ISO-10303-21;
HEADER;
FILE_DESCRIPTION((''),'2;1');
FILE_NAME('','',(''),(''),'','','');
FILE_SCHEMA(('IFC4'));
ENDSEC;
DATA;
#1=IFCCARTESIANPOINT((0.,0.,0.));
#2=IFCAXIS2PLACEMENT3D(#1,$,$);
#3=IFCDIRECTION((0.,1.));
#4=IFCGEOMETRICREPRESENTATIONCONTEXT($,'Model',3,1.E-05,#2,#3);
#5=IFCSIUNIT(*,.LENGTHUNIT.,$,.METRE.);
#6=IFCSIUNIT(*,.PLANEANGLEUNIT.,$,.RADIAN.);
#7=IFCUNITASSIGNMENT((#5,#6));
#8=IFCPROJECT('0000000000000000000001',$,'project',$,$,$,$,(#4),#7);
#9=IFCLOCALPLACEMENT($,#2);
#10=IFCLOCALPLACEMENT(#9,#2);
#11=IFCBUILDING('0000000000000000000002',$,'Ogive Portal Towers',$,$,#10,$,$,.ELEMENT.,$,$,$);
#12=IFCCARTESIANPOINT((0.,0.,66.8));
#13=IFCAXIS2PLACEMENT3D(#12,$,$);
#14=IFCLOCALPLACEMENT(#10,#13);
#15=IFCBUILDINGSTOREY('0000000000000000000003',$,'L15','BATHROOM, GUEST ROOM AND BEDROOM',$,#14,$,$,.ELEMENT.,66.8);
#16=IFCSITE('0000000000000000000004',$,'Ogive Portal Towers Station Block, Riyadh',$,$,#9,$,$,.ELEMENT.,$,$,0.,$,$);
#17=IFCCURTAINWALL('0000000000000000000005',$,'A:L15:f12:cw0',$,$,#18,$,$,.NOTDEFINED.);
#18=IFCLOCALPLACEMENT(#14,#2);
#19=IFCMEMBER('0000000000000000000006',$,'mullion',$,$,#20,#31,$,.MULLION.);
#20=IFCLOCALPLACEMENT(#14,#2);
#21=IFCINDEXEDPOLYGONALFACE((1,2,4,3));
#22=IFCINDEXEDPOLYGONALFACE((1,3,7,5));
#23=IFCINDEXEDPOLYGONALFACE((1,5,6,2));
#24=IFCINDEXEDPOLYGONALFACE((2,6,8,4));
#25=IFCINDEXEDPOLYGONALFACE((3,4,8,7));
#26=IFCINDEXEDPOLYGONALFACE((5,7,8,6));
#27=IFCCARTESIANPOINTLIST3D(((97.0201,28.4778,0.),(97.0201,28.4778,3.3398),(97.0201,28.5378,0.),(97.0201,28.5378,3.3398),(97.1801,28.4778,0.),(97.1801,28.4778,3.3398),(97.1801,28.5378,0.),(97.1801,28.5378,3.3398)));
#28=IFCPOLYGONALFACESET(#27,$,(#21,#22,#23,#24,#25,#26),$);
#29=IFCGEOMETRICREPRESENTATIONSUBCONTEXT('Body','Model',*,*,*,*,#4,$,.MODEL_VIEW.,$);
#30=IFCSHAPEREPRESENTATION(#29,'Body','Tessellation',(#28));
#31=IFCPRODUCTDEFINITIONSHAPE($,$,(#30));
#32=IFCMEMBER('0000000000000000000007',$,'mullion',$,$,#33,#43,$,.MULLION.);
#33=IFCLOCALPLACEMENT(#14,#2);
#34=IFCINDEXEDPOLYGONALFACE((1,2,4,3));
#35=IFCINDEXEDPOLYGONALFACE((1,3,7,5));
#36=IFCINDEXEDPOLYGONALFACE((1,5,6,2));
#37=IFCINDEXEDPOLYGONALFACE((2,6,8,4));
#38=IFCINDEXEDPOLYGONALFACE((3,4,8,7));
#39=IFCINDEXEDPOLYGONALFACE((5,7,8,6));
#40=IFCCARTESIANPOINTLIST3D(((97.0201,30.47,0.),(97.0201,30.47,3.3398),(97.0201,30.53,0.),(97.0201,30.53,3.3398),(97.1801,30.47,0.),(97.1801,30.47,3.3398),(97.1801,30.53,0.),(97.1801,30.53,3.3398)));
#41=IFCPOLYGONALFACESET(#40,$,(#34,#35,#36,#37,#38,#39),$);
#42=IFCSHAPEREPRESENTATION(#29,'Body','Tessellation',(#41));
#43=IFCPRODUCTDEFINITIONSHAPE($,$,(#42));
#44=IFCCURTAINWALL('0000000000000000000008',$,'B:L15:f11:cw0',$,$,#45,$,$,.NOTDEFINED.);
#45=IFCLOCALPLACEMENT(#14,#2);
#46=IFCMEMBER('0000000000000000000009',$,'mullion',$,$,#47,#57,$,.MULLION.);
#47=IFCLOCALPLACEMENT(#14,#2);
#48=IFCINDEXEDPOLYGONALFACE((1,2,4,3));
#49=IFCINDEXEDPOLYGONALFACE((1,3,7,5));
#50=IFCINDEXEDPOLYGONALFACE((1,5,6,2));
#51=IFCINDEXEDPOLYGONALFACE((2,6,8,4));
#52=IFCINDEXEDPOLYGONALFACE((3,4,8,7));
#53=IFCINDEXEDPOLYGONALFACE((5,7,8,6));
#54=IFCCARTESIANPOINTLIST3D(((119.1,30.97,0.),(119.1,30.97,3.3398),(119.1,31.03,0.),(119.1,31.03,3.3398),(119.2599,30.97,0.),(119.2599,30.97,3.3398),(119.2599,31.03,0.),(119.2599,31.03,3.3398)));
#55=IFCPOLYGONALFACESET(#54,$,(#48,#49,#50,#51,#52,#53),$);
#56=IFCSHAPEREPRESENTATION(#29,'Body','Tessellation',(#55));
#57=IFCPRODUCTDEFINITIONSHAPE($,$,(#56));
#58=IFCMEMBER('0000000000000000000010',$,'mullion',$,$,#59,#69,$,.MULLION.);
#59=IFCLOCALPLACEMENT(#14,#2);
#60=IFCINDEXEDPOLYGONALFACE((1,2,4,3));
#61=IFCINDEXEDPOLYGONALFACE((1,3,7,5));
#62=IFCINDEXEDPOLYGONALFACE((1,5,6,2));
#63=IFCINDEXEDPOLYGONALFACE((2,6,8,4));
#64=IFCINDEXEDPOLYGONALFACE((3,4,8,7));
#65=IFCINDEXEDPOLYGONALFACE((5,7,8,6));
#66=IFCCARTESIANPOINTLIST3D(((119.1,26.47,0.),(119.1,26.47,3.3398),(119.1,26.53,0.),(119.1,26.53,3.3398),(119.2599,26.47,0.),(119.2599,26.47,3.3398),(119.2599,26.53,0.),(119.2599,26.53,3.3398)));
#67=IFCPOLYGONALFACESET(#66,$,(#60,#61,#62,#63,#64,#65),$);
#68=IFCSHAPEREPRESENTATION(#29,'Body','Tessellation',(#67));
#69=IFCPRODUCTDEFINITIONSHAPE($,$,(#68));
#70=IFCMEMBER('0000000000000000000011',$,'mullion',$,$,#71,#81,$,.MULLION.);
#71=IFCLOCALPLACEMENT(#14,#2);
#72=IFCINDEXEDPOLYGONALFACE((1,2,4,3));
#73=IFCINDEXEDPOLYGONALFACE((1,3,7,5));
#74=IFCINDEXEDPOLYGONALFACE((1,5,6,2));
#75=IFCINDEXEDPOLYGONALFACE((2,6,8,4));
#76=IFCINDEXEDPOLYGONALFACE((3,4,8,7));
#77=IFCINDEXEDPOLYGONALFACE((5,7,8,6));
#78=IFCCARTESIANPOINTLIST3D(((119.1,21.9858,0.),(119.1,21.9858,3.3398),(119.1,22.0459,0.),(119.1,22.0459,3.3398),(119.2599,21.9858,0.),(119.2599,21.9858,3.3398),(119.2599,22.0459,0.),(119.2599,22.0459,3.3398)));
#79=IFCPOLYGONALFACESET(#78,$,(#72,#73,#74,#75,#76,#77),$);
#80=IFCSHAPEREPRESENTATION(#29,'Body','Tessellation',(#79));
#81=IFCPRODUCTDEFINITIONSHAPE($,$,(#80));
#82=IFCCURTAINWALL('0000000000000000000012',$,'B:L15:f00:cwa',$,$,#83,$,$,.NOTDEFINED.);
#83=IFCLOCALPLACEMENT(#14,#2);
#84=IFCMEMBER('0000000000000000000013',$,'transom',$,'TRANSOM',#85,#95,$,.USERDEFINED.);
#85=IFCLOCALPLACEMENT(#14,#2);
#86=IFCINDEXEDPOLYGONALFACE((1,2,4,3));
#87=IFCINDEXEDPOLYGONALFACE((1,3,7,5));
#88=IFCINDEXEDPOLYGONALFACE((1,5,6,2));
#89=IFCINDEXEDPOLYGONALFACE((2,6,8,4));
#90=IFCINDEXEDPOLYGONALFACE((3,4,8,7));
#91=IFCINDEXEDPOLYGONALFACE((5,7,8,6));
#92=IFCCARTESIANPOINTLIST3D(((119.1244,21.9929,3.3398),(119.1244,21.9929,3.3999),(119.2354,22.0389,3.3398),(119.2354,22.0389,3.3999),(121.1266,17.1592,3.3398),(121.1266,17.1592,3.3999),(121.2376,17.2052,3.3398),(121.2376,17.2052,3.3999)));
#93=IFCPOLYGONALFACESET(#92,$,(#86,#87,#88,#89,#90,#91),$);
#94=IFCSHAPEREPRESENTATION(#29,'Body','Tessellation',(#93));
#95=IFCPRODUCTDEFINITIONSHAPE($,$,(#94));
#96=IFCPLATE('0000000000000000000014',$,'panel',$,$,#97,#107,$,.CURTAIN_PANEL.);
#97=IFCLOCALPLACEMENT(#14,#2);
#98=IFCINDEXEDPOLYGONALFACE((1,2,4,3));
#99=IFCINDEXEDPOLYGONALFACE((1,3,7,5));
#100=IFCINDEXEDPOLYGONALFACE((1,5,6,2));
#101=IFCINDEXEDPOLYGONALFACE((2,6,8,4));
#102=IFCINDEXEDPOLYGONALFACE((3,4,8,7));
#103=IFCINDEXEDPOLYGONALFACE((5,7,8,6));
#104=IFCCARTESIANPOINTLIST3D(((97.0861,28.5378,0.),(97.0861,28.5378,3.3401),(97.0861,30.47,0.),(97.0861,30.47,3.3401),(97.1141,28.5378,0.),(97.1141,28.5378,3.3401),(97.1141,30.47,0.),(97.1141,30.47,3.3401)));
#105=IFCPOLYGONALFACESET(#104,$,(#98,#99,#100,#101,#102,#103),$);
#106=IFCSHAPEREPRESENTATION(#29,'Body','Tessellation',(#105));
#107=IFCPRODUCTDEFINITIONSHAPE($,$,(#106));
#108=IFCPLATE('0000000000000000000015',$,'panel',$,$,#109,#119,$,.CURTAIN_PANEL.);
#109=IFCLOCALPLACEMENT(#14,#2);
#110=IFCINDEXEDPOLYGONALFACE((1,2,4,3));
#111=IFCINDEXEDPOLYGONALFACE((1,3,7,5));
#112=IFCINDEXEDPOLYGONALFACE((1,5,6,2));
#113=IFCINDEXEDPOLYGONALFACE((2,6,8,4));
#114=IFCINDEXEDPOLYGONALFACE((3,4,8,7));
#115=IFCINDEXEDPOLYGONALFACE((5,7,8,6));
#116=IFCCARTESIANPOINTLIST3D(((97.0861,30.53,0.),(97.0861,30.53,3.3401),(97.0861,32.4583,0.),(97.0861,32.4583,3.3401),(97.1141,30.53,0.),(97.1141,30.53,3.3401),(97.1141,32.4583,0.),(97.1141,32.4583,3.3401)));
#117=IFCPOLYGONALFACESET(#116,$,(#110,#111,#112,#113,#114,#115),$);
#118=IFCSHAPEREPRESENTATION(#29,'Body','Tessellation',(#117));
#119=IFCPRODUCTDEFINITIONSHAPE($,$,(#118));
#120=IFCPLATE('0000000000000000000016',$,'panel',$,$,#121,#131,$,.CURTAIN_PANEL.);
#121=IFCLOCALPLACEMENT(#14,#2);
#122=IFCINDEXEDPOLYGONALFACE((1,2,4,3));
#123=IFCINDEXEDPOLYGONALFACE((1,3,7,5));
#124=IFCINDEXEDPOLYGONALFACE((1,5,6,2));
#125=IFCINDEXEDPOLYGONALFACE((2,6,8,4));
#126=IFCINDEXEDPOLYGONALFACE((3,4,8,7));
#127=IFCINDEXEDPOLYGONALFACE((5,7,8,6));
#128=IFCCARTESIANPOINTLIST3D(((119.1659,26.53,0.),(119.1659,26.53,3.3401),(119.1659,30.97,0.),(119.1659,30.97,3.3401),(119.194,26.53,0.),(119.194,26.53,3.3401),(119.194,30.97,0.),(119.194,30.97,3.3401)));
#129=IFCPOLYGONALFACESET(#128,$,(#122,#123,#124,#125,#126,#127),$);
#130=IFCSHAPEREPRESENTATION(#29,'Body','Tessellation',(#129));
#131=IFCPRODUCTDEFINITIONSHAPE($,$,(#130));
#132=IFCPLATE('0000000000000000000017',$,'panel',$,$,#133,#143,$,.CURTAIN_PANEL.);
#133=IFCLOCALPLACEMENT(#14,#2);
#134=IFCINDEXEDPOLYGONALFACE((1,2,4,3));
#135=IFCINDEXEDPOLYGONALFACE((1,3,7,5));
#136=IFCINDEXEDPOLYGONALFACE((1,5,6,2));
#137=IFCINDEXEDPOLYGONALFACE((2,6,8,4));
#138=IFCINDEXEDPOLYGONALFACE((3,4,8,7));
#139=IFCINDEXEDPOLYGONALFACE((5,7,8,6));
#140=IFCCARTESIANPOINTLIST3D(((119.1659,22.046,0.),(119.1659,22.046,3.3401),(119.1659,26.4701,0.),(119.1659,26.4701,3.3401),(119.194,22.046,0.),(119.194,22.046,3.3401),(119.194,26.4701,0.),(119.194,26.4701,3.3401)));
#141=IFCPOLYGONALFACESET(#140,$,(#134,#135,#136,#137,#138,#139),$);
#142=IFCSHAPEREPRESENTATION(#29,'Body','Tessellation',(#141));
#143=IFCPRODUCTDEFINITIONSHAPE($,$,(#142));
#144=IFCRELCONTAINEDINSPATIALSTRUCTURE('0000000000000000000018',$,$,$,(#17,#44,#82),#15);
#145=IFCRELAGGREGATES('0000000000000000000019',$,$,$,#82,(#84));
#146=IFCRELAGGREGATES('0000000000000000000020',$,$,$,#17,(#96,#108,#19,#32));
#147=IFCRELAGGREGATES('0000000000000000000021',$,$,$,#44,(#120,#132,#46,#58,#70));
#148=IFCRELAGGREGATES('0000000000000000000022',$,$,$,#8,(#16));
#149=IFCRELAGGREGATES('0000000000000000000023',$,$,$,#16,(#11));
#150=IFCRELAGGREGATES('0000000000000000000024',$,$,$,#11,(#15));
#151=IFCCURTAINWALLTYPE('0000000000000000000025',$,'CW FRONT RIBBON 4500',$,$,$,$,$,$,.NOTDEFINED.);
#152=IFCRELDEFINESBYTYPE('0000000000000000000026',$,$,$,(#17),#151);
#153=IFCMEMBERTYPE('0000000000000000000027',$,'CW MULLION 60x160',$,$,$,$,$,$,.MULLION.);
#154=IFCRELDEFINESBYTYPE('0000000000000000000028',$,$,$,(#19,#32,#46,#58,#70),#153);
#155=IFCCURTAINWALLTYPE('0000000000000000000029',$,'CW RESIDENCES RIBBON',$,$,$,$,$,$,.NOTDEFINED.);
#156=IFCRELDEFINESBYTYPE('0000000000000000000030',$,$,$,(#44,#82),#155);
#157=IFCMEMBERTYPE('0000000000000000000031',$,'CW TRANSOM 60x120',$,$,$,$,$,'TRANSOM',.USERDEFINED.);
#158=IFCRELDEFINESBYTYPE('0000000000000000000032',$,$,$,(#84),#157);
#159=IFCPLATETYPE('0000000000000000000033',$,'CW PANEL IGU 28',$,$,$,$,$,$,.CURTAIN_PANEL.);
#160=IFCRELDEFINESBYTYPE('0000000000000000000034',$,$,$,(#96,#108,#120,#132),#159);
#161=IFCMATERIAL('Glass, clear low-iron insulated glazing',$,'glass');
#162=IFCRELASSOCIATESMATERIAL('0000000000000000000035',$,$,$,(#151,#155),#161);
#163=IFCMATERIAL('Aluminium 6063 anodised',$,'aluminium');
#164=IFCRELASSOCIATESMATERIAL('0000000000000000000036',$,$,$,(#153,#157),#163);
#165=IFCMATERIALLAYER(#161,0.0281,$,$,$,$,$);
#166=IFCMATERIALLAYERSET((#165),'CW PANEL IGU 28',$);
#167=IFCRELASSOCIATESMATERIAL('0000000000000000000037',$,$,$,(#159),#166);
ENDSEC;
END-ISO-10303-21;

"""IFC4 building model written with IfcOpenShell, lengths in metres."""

from ifc_helpers import new_model, si_unit, direction, frame, origin, origin_2d, place, context, subcontext, project, spatial, rectangle, extrude, material, layer, layer_set, material_profile, profile_set, type_object, element, aggregate, save


model = new_model("IFC4")

# Units and contexts
model_context = context("Model", 3, precision=1e-05, world=origin(), true_north=direction((0.0, 1.0)))
body_context = subcontext(model_context, "Body", "Model", "MODEL_VIEW")
ifc_project = project(units=[si_unit("LENGTHUNIT", "METRE"), si_unit("PLANEANGLEUNIT", "RADIAN")], contexts=[model_context])

# Site, building, storey
site_placement = place(None, origin())
site = spatial("IfcSite", under=ifc_project, at=site_placement, Name="Ogive Portal Towers Station Block, Riyadh", CompositionType="ELEMENT", RefElevation=0.0)
building_placement = place(site_placement, origin())
building = spatial("IfcBuilding", under=site, at=building_placement, Name="Ogive Portal Towers", CompositionType="ELEMENT")
storey_placement = place(building_placement, frame((0.0, 0.0, 66.8)))
storey = spatial("IfcBuildingStorey", under=building, at=storey_placement, Name="L15", Description="BATHROOM, GUEST ROOM AND BEDROOM", CompositionType="ELEMENT", Elevation=66.8)

# Curtain walls, members
ifc_material_1 = material(Name="Glass, clear low-iron insulated glazing", Category="glass")
curtain_wall_type_1 = type_object("IfcCurtainWallType", Name="CW FRONT RIBBON 4500", PredefinedType="NOTDEFINED", material=ifc_material_1)
curtain_wall_1_placement = place(storey_placement, origin())
curtain_wall_1 = element("IfcCurtainWall", 1, at=curtain_wall_1_placement, inside=storey, type_object=curtain_wall_type_1, Name="A:L15:f12:cw0", PredefinedType="NOTDEFINED")
ifc_material_2 = material(Name="Aluminium 6063 anodised", Category="aluminium")
ifc_material_profile_1 = material_profile(ifc_material_2, rectangle(XDim=0.1599, YDim=0.0601, at=origin_2d()), Name="AL 60x160")
ifc_profile_set_1 = profile_set([ifc_material_profile_1], Name="Aluminium 6063 anodised")
member_type_1 = type_object("IfcMemberType", Name="CW MULLION 60x160", PredefinedType="MULLION", material=ifc_profile_set_1)
member_1_placement = place(storey_placement, frame((97.1001, 28.5078, 0.0), z_axis=(0.0, 0.0, 1.0), x_axis=(-1.0, 0.0, 0.0)))
member_1 = element("IfcMember", 2, at=member_1_placement, type_object=member_type_1, Name="mullion", PredefinedType="MULLION", context=body_context, shape_type="SweptSolid", body=[
    extrude(rectangle(XDim=0.1599, YDim=0.0601, at=origin_2d()), origin(), (0.0, 0.0, 1.0), 3.3398),
])
member_2_placement = place(storey_placement, frame((97.1001, 30.5, 0.0), z_axis=(0.0, 0.0, 1.0), x_axis=(-1.0, 0.0, 0.0)))
member_2 = element("IfcMember", 3, at=member_2_placement, type_object=member_type_1, Name="mullion", PredefinedType="MULLION", context=body_context, shape_type="SweptSolid", body=[
    extrude(rectangle(XDim=0.1599, YDim=0.0601, at=origin_2d()), origin(), (0.0, 0.0, 1.0), 3.3398),
])
curtain_wall_type_2 = type_object("IfcCurtainWallType", Name="CW RESIDENCES RIBBON", PredefinedType="NOTDEFINED", material=ifc_material_1)
curtain_wall_2_placement = place(storey_placement, origin())
curtain_wall_2 = element("IfcCurtainWall", 4, at=curtain_wall_2_placement, inside=storey, type_object=curtain_wall_type_2, Name="B:L15:f11:cw0", PredefinedType="NOTDEFINED")
member_3_placement = place(storey_placement, frame((119.1799, 31.0, 0.0), z_axis=(0.0, 0.0, 1.0), x_axis=(1.0, 0.0, 0.0)))
member_3 = element("IfcMember", 5, at=member_3_placement, type_object=member_type_1, Name="mullion", PredefinedType="MULLION", context=body_context, shape_type="SweptSolid", body=[
    extrude(rectangle(XDim=0.1599, YDim=0.0601, at=origin_2d()), origin(), (0.0, 0.0, 1.0), 3.3398),
])
member_4_placement = place(storey_placement, frame((119.1799, 26.5, 0.0), z_axis=(0.0, 0.0, 1.0), x_axis=(1.0, 0.0, 0.0)))
member_4 = element("IfcMember", 6, at=member_4_placement, type_object=member_type_1, Name="mullion", PredefinedType="MULLION", context=body_context, shape_type="SweptSolid", body=[
    extrude(rectangle(XDim=0.1599, YDim=0.0601, at=origin_2d()), origin(), (0.0, 0.0, 1.0), 3.3398),
])
member_5_placement = place(storey_placement, frame((119.1799, 22.0159, 0.0), z_axis=(0.0, 0.0, 1.0), x_axis=(1.0, 0.0, 0.0)))
member_5 = element("IfcMember", 7, at=member_5_placement, type_object=member_type_1, Name="mullion", PredefinedType="MULLION", context=body_context, shape_type="SweptSolid", body=[
    extrude(rectangle(XDim=0.1599, YDim=0.0601, at=origin_2d()), origin(), (0.0, 0.0, 1.0), 3.3398),
])

# Curtain wall, member
curtain_wall_3_placement = place(storey_placement, origin())
curtain_wall_3 = element("IfcCurtainWall", 8, at=curtain_wall_3_placement, inside=storey, type_object=curtain_wall_type_2, Name="B:L15:f00:cwa", PredefinedType="NOTDEFINED")
ifc_material_profile_2 = material_profile(ifc_material_2, rectangle(XDim=0.1201, YDim=0.0601, at=origin_2d()), Name="AL 120x60")
ifc_profile_set_2 = profile_set([ifc_material_profile_2], Name="Aluminium 6063 anodised")
member_type_2 = type_object("IfcMemberType", Name="CW TRANSOM 60x120", ElementType="TRANSOM", PredefinedType="USERDEFINED", material=ifc_profile_set_2)
member_6_placement = place(storey_placement, frame((119.1799, 22.0159, 3.3699), z_axis=(0.382683, -0.92388, 0.0), x_axis=(0.92388, 0.382683, 0.0)))
member_6 = element("IfcMember", 9, at=member_6_placement, type_object=member_type_2, Name="transom", ObjectType="TRANSOM", PredefinedType="USERDEFINED", context=body_context, shape_type="SweptSolid", body=[
    extrude(rectangle(XDim=0.1201, YDim=0.0601, at=origin_2d()), origin(), (0.0, 0.0, 1.0), 5.2319),
])
aggregate(curtain_wall_3, [member_6])

# Plates
ifc_layer_1 = layer(ifc_material_1, 0.0281)
ifc_layer_set_1 = layer_set([ifc_layer_1], Name="CW PANEL IGU 28")
plate_type = type_object("IfcPlateType", Name="CW PANEL IGU 28", PredefinedType="CURTAIN_PANEL", material=ifc_layer_set_1)
plate_1_placement = place(storey_placement, frame((97.1001, 29.5039, 0.0), z_axis=(0.0, 0.0, 1.0), x_axis=(0.0, 1.0, 0.0)))
plate_1 = element("IfcPlate", 10, at=plate_1_placement, type_object=plate_type, Name="panel", PredefinedType="CURTAIN_PANEL", context=body_context, shape_type="SweptSolid", body=[
    extrude(rectangle(XDim=1.9321, YDim=0.0281, at=origin_2d()), origin(), (0.0, 0.0, 1.0), 3.3401),
])
plate_2_placement = place(storey_placement, frame((97.1001, 31.4941, 0.0), z_axis=(0.0, 0.0, 1.0), x_axis=(0.0, 1.0, 0.0)))
plate_2 = element("IfcPlate", 11, at=plate_2_placement, type_object=plate_type, Name="panel", PredefinedType="CURTAIN_PANEL", context=body_context, shape_type="SweptSolid", body=[
    extrude(rectangle(XDim=1.9282, YDim=0.0281, at=origin_2d()), origin(), (0.0, 0.0, 1.0), 3.3401),
])
aggregate(curtain_wall_1, [plate_1, plate_2, member_1, member_2])
plate_3_placement = place(storey_placement, frame((119.1799, 28.75, 0.0), z_axis=(0.0, 0.0, 1.0), x_axis=(0.0, -1.0, 0.0)))
plate_3 = element("IfcPlate", 12, at=plate_3_placement, type_object=plate_type, Name="panel", PredefinedType="CURTAIN_PANEL", context=body_context, shape_type="SweptSolid", body=[
    extrude(rectangle(XDim=4.4399, YDim=0.0281, at=origin_2d()), origin(), (0.0, 0.0, 1.0), 3.3401),
])
plate_4_placement = place(storey_placement, frame((119.1799, 24.2581, 0.0), z_axis=(0.0, 0.0, 1.0), x_axis=(0.0, -1.0, 0.0)))
plate_4 = element("IfcPlate", 13, at=plate_4_placement, type_object=plate_type, Name="panel", PredefinedType="CURTAIN_PANEL", context=body_context, shape_type="SweptSolid", body=[
    extrude(rectangle(XDim=4.4241, YDim=0.0281, at=origin_2d()), origin(), (0.0, 0.0, 1.0), 3.3401),
])
aggregate(curtain_wall_2, [plate_3, plate_4, member_3, member_4, member_5])

save(model, "model.ifc")
